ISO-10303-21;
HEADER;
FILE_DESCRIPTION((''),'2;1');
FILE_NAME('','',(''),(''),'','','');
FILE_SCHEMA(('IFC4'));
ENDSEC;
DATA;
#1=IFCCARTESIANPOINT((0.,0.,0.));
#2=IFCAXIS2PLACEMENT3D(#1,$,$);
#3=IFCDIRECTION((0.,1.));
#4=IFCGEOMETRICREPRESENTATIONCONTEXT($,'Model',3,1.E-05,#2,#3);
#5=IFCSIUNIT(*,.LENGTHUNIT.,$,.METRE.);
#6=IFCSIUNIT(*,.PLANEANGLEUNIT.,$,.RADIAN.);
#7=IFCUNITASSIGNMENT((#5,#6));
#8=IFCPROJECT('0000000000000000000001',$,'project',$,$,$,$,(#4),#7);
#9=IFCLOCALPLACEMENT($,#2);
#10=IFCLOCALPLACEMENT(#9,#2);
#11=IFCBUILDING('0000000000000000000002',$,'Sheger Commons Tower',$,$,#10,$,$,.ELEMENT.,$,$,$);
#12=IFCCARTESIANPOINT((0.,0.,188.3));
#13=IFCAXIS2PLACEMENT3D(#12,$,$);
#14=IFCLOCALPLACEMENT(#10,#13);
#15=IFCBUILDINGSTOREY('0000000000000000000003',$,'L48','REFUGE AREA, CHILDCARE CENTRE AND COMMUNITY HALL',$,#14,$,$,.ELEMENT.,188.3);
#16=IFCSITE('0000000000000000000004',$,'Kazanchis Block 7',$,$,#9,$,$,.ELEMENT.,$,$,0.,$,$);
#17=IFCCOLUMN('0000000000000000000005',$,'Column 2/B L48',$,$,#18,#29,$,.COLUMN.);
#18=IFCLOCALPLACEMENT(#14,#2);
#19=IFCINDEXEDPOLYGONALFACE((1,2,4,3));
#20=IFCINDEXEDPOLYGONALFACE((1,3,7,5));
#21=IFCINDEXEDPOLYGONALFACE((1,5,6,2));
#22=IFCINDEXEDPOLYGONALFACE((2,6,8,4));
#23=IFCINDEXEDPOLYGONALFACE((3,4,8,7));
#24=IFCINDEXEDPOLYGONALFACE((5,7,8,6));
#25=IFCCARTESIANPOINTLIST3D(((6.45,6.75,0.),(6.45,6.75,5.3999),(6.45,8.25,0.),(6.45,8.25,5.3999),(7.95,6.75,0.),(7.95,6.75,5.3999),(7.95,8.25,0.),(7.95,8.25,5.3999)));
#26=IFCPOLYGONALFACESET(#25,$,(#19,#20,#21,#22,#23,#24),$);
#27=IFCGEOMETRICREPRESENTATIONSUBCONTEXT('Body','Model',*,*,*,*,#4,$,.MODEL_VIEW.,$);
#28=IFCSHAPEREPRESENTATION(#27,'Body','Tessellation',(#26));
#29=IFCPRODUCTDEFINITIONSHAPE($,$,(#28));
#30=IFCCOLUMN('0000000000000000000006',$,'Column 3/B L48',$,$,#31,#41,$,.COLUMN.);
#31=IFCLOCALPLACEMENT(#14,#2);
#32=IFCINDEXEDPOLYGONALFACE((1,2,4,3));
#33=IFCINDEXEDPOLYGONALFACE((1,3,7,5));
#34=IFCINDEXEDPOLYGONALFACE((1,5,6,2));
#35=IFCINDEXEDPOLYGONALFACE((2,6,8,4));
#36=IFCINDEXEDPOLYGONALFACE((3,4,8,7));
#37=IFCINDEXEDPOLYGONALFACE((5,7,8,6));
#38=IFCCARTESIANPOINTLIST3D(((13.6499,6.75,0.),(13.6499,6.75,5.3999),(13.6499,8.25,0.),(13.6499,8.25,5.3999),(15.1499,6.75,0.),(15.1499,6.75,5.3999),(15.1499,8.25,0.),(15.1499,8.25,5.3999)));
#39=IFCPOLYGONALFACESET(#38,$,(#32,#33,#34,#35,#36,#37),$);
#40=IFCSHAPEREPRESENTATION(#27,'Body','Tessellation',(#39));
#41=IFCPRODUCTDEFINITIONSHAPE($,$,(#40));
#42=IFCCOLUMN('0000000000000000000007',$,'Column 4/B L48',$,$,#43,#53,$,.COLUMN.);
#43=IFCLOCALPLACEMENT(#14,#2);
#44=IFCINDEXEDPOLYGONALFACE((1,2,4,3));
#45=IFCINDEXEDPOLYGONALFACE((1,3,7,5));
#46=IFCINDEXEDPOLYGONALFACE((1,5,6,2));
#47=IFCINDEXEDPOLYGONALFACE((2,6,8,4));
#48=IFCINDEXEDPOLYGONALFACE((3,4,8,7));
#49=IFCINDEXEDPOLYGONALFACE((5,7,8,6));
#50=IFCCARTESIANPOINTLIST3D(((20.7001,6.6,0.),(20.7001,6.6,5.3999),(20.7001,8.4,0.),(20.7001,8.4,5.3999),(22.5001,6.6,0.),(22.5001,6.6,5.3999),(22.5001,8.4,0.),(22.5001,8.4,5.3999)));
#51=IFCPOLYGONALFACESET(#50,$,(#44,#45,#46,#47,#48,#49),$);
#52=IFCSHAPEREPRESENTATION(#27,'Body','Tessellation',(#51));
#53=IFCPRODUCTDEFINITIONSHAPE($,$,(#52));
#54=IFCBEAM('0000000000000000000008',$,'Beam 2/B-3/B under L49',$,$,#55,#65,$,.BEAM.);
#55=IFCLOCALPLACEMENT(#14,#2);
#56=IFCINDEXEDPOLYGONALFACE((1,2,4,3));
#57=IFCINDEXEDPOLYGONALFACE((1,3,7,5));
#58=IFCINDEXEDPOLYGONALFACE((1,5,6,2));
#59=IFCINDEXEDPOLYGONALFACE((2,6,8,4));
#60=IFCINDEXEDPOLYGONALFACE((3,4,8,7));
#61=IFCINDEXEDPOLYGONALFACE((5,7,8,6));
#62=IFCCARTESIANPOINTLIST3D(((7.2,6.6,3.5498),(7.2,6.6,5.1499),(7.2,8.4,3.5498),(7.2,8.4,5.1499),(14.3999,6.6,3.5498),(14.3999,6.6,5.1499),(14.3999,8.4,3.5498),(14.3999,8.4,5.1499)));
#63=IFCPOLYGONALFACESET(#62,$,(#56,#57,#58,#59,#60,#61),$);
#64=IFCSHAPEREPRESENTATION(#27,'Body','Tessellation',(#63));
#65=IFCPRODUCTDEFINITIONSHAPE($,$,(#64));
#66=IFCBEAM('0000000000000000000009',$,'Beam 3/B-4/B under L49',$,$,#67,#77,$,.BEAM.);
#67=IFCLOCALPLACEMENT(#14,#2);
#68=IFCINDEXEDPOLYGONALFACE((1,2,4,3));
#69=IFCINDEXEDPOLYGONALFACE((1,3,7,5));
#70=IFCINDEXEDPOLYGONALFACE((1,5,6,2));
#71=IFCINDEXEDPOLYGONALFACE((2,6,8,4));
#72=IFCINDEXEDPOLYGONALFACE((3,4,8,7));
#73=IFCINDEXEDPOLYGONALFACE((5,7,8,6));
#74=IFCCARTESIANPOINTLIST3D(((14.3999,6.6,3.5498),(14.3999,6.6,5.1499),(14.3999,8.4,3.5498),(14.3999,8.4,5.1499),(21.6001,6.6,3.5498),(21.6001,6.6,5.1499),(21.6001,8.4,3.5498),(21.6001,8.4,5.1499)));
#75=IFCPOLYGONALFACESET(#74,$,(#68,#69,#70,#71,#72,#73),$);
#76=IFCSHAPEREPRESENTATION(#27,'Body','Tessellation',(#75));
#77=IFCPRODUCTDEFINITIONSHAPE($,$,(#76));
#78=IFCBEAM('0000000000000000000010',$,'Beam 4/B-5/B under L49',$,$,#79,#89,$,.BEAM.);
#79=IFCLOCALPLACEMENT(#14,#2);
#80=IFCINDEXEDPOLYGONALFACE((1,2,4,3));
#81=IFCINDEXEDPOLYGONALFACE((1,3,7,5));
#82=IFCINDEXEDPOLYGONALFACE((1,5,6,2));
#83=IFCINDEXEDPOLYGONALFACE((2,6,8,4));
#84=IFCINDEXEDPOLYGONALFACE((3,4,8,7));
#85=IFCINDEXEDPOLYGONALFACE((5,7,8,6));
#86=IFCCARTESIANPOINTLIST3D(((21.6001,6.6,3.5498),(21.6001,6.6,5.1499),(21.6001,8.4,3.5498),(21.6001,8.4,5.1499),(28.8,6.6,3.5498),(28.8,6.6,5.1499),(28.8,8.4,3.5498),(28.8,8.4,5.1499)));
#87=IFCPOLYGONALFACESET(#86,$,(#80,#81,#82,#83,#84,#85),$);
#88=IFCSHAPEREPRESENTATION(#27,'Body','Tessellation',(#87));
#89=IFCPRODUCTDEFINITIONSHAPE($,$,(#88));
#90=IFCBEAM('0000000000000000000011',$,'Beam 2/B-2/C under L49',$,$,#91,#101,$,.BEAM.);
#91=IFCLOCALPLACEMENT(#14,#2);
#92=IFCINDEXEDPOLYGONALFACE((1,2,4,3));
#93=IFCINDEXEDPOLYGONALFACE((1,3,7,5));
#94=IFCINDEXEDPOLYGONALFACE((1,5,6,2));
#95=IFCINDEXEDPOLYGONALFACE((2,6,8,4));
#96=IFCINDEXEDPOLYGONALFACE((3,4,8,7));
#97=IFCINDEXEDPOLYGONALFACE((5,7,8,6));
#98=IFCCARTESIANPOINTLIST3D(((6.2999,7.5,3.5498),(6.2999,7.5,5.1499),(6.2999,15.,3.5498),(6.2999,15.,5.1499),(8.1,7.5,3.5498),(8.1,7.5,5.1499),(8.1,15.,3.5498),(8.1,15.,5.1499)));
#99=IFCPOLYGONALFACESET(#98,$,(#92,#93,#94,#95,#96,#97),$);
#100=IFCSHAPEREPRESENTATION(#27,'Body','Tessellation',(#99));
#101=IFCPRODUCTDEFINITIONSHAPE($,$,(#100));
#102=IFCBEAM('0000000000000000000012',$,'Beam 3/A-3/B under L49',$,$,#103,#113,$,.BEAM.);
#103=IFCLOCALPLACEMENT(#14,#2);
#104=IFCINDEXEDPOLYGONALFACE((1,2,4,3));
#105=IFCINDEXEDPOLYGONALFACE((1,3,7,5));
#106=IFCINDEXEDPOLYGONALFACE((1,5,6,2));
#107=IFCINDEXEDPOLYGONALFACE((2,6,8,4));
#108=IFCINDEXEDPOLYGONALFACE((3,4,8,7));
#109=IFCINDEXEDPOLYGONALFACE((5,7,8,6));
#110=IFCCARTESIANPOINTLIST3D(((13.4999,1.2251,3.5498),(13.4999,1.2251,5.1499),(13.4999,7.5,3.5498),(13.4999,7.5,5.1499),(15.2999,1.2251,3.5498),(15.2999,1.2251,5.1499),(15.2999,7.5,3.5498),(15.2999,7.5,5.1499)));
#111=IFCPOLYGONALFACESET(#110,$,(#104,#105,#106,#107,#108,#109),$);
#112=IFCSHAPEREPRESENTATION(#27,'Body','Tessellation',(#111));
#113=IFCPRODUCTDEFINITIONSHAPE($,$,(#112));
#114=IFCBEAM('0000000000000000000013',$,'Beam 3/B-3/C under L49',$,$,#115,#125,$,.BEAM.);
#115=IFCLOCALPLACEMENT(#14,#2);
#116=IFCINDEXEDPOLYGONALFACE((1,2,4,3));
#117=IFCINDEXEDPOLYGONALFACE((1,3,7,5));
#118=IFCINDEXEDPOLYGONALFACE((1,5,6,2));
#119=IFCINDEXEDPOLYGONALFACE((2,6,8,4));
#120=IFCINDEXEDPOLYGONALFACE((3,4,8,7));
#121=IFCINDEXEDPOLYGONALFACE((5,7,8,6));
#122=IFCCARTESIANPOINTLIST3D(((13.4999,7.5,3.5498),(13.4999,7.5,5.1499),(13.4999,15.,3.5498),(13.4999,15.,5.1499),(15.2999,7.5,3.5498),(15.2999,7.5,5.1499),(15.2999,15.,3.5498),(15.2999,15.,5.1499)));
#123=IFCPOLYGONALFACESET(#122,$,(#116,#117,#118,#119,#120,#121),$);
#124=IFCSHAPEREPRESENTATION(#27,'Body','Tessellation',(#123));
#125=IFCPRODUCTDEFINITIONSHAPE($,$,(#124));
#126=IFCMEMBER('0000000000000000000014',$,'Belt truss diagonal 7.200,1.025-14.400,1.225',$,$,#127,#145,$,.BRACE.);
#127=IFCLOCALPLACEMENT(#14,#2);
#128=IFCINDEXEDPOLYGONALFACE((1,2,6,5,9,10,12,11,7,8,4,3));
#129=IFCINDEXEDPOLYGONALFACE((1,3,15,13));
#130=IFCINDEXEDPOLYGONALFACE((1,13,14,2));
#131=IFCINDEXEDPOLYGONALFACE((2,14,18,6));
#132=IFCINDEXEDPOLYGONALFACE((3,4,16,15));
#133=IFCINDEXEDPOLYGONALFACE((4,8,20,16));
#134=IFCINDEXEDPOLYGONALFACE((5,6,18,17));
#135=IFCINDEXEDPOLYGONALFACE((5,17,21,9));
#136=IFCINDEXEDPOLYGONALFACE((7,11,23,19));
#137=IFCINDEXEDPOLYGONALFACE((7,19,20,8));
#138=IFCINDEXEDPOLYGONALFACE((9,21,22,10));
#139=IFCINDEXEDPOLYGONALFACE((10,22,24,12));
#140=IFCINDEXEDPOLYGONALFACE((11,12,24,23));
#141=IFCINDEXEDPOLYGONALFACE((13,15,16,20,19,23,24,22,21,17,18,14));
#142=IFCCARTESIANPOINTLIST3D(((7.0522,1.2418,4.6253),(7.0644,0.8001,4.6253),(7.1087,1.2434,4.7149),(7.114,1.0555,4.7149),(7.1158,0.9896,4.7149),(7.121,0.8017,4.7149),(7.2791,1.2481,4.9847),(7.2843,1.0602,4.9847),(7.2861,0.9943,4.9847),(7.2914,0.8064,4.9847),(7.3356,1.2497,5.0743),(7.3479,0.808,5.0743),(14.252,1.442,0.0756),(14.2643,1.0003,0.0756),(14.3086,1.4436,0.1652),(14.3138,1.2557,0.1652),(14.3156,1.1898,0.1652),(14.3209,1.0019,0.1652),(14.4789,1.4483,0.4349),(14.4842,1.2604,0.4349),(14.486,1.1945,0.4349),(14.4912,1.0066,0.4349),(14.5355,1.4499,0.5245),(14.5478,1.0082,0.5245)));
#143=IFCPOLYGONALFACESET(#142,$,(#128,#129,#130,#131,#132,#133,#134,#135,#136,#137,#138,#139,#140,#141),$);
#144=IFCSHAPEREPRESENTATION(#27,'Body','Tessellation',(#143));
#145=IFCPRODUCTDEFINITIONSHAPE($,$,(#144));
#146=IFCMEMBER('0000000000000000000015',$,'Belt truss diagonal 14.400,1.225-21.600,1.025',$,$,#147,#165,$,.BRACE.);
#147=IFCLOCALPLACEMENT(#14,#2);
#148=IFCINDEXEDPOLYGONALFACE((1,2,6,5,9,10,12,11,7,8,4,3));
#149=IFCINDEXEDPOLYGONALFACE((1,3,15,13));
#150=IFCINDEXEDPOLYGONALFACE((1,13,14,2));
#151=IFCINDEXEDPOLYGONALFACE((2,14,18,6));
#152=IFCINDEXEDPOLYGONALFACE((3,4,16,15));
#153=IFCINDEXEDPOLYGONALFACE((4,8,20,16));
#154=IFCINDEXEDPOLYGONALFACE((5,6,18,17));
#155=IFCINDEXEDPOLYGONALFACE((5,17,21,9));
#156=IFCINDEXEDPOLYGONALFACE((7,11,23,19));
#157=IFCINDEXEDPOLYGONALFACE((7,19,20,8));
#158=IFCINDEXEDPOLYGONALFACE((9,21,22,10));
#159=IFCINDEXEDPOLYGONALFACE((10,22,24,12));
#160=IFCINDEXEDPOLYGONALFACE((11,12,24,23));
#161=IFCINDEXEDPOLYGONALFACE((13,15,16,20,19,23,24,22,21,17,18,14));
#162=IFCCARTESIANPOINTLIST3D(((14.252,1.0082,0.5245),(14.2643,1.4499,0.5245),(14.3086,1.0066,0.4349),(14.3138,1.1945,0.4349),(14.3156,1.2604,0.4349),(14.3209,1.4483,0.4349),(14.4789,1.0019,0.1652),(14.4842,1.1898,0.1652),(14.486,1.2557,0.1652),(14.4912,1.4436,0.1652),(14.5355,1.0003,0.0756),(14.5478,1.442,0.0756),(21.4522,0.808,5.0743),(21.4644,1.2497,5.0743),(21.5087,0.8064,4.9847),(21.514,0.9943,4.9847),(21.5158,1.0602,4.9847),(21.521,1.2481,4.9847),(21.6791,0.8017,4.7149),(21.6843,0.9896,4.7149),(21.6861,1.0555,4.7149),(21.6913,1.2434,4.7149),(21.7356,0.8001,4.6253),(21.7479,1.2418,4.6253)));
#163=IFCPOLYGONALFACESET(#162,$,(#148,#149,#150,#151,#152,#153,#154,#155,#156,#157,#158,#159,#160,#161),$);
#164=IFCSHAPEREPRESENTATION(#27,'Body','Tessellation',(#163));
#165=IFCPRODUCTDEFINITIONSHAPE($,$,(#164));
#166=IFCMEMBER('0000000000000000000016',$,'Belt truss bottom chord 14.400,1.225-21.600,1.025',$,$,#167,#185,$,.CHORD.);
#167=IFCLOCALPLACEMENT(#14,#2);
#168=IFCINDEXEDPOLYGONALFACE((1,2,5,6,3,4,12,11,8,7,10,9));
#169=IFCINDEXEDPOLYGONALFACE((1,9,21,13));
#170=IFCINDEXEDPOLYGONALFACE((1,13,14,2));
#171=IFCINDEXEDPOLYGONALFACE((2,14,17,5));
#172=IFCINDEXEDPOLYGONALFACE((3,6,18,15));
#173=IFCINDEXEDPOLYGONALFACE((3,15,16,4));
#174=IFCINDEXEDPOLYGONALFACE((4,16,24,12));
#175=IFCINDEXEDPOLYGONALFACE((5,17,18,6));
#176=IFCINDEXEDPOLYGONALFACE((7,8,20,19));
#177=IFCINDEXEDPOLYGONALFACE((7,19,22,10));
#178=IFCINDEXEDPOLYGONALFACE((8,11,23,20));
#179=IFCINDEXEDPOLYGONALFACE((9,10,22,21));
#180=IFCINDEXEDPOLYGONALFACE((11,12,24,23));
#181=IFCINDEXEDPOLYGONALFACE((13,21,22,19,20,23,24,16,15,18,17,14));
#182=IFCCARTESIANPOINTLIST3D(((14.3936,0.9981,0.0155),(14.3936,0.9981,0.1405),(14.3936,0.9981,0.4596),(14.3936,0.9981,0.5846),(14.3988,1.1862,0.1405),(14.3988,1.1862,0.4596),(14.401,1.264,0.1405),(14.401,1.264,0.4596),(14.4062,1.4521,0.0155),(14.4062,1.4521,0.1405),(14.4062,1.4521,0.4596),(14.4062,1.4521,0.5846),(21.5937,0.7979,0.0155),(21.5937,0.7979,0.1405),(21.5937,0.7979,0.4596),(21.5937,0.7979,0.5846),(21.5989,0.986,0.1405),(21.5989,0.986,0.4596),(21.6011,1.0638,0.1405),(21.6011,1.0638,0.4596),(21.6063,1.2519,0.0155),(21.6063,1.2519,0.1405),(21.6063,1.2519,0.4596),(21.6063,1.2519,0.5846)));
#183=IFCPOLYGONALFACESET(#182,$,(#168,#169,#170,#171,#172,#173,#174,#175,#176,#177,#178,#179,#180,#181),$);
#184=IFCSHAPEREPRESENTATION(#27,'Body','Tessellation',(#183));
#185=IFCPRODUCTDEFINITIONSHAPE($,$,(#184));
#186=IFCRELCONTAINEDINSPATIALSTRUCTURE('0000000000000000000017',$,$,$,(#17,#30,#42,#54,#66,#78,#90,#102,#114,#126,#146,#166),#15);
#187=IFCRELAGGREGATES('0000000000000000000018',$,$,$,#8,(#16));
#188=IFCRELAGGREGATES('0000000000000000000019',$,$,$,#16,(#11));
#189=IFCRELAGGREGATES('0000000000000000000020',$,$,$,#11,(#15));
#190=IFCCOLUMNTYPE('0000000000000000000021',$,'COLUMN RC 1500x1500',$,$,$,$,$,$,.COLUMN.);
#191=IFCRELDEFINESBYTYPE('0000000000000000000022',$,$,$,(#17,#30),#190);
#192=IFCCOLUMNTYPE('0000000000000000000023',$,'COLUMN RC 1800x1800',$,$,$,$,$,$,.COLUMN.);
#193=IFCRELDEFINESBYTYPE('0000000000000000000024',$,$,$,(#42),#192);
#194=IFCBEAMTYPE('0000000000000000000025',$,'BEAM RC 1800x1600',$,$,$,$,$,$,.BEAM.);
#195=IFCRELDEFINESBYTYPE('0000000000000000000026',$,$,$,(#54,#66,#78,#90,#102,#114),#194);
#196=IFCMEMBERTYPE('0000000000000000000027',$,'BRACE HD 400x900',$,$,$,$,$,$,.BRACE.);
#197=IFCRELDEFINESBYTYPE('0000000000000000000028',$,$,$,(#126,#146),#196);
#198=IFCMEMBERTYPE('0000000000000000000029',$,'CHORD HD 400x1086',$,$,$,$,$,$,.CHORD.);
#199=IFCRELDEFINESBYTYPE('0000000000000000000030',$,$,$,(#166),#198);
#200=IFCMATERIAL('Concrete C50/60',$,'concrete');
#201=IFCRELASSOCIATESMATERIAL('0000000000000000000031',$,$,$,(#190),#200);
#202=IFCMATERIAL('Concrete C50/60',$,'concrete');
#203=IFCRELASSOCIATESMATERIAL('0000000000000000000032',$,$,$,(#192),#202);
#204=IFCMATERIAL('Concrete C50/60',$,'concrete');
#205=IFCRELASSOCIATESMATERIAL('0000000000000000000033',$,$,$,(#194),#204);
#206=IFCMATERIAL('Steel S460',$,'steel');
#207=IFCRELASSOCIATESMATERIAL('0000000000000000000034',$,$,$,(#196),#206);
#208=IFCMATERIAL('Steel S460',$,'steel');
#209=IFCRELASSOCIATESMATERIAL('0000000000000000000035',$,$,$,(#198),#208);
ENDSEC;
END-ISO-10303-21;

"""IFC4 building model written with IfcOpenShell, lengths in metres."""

from ifc_helpers import new_model, si_unit, direction, frame, origin, origin_2d, place, context, subcontext, project, spatial, rectangle, i_section, extrude, material, material_profile, profile_set, type_object, element, save


model = new_model("IFC4")

# Units and contexts
model_context = context("Model", 3, precision=1e-05, world=origin(), true_north=direction((0.0, 1.0)))
body_context = subcontext(model_context, "Body", "Model", "MODEL_VIEW")
ifc_project = project(units=[si_unit("LENGTHUNIT", "METRE"), si_unit("PLANEANGLEUNIT", "RADIAN")], contexts=[model_context])

# Site, building, storey
site_placement = place(None, origin())
site = spatial("IfcSite", under=ifc_project, at=site_placement, Name="Kazanchis Block 7", CompositionType="ELEMENT", RefElevation=0.0)
building_placement = place(site_placement, origin())
building = spatial("IfcBuilding", under=site, at=building_placement, Name="Sheger Commons Tower", CompositionType="ELEMENT")
storey_placement = place(building_placement, frame((0.0, 0.0, 188.3)))
storey = spatial("IfcBuildingStorey", under=building, at=storey_placement, Name="L48", Description="REFUGE AREA, CHILDCARE CENTRE AND COMMUNITY HALL", CompositionType="ELEMENT", Elevation=188.3)

# Columns
ifc_material_1 = material(Name="Concrete C50/60", Category="concrete")
ifc_material_profile_1 = material_profile(ifc_material_1, rectangle(XDim=1.5, YDim=1.5, at=origin_2d()), Name="RC 1500x1500")
ifc_profile_set_1 = profile_set([ifc_material_profile_1], Name="Concrete C50/60")
column_type_1 = type_object("IfcColumnType", Name="COLUMN RC 1500x1500", PredefinedType="COLUMN", material=ifc_profile_set_1)
for number, where, z_axis, x_axis, name in (
    (1, (7.2, 7.5, 0.0), (0.0, 0.0, 1.0), (1.0, 0.0, 0.0), "Column 2/B L48"),
    (2, (14.3999, 7.5, 0.0), (0.0, 0.0, 1.0), (1.0, 0.0, 0.0), "Column 3/B L48"),
):
    element("IfcColumn", number, at=place(storey_placement, frame(where, z_axis=z_axis, x_axis=x_axis)), inside=storey, type_object=column_type_1, Name=name, PredefinedType="COLUMN", context=body_context, shape_type="SweptSolid", body=[
        extrude(rectangle(XDim=1.5, YDim=1.5, at=origin_2d()), origin(), (0.0, 0.0, 1.0), 5.3999),
    ])
ifc_material_2 = material(Name="Concrete C50/60", Category="concrete")
ifc_material_profile_2 = material_profile(ifc_material_2, rectangle(XDim=1.8, YDim=1.8, at=origin_2d()), Name="RC 1800x1800")
ifc_profile_set_2 = profile_set([ifc_material_profile_2], Name="Concrete C50/60")
column_type_2 = type_object("IfcColumnType", Name="COLUMN RC 1800x1800", PredefinedType="COLUMN", material=ifc_profile_set_2)
column_placement = place(storey_placement, frame((21.6001, 7.5, 0.0), z_axis=(0.0, 0.0, 1.0), x_axis=(1.0, 0.0, 0.0)))
element("IfcColumn", 3, at=column_placement, inside=storey, type_object=column_type_2, Name="Column 4/B L48", PredefinedType="COLUMN", context=body_context, shape_type="SweptSolid", body=[
    extrude(rectangle(XDim=1.8, YDim=1.8, at=origin_2d()), origin(), (0.0, 0.0, 1.0), 5.3999),
])

# Beams
ifc_material_3 = material(Name="Concrete C50/60", Category="concrete")
ifc_material_profile_3 = material_profile(ifc_material_3, rectangle(XDim=1.8, YDim=1.6001, at=origin_2d()), Name="RC 1800x1600")
ifc_profile_set_3 = profile_set([ifc_material_profile_3], Name="Concrete C50/60")
beam_type_1 = type_object("IfcBeamType", Name="BEAM RC 1800x1600", PredefinedType="BEAM", material=ifc_profile_set_3)
beam_1_placement = place(storey_placement, frame((7.2, 7.5, 4.3499), z_axis=(1.0, 0.0, 0.0), x_axis=(0.0, 1.0, 0.0)))
element("IfcBeam", 4, at=beam_1_placement, inside=storey, type_object=beam_type_1, Name="Beam 2/B-3/B under L49", PredefinedType="BEAM", context=body_context, shape_type="SweptSolid", body=[
    extrude(rectangle(XDim=1.8, YDim=1.6001, at=origin_2d()), origin(), (0.0, 0.0, 1.0), 7.2),
])
beam_2_placement = place(storey_placement, frame((14.3999, 7.5, 4.3499), z_axis=(1.0, 0.0, 0.0), x_axis=(0.0, 1.0, 0.0)))
element("IfcBeam", 5, at=beam_2_placement, inside=storey, type_object=beam_type_1, Name="Beam 3/B-4/B under L49", PredefinedType="BEAM", context=body_context, shape_type="SweptSolid", body=[
    extrude(rectangle(XDim=1.8, YDim=1.6001, at=origin_2d()), origin(), (0.0, 0.0, 1.0), 7.2002),
])
beam_3_placement = place(storey_placement, frame((21.6001, 7.5, 4.3499), z_axis=(1.0, 0.0, 0.0), x_axis=(0.0, 1.0, 0.0)))
element("IfcBeam", 6, at=beam_3_placement, inside=storey, type_object=beam_type_1, Name="Beam 4/B-5/B under L49", PredefinedType="BEAM", context=body_context, shape_type="SweptSolid", body=[
    extrude(rectangle(XDim=1.8, YDim=1.6001, at=origin_2d()), origin(), (0.0, 0.0, 1.0), 7.2),
])
beam_4_placement = place(storey_placement, frame((7.2, 7.5, 4.3499), z_axis=(0.0, 1.0, 0.0), x_axis=(-1.0, 0.0, 0.0)))
element("IfcBeam", 7, at=beam_4_placement, inside=storey, type_object=beam_type_1, Name="Beam 2/B-2/C under L49", PredefinedType="BEAM", context=body_context, shape_type="SweptSolid", body=[
    extrude(rectangle(XDim=1.8, YDim=1.6001, at=origin_2d()), origin(), (0.0, 0.0, 1.0), 7.5),
])
beam_5_placement = place(storey_placement, frame((14.3999, 1.2251, 4.3499), z_axis=(0.0, 1.0, 0.0), x_axis=(-1.0, 0.0, 0.0)))
element("IfcBeam", 8, at=beam_5_placement, inside=storey, type_object=beam_type_1, Name="Beam 3/A-3/B under L49", PredefinedType="BEAM", context=body_context, shape_type="SweptSolid", body=[
    extrude(rectangle(XDim=1.8, YDim=1.6001, at=origin_2d()), origin(), (0.0, 0.0, 1.0), 6.2749),
])
beam_6_placement = place(storey_placement, frame((14.3999, 7.5, 4.3499), z_axis=(0.0, 1.0, 0.0), x_axis=(-1.0, 0.0, 0.0)))
element("IfcBeam", 9, at=beam_6_placement, inside=storey, type_object=beam_type_1, Name="Beam 3/B-3/C under L49", PredefinedType="BEAM", context=body_context, shape_type="SweptSolid", body=[
    extrude(rectangle(XDim=1.8, YDim=1.6001, at=origin_2d()), origin(), (0.0, 0.0, 1.0), 7.5),
])

# Members
ifc_material_4 = material(Name="Steel S460", Category="steel")
ifc_material_profile_4 = material_profile(ifc_material_4, i_section(OverallWidth=0.4419, OverallDepth=0.531, WebThickness=0.0659, FlangeThickness=0.106, at=origin_2d()), Name="HD 400x900")
ifc_profile_set_4 = profile_set([ifc_material_profile_4], Name="Steel S460")
member_type_1 = type_object("IfcMemberType", Name="BRACE HD 400x900", PredefinedType="BRACE", material=ifc_profile_set_4)
member_1_placement = place(storey_placement, frame((14.3999, 1.2251, 0.3), z_axis=(-0.845125, -0.023499, 0.534053), x_axis=(0.027794, -0.999614, 0.0)))
element("IfcMember", 10, at=member_1_placement, inside=storey, type_object=member_type_1, Name="Belt truss diagonal 7.200,1.025-14.400,1.225", PredefinedType="BRACE", context=body_context, shape_type="SweptSolid", body=[
    extrude(i_section(OverallWidth=0.4419, OverallDepth=0.531, WebThickness=0.0659, FlangeThickness=0.106, at=origin_2d()), origin(), (0.0, 0.0, 1.0), 8.5193),
])
member_2_placement = place(storey_placement, frame((14.3999, 1.2251, 0.3), z_axis=(0.845133, -0.023498, 0.53404), x_axis=(0.027793, 0.999614, 0.0)))
element("IfcMember", 11, at=member_2_placement, inside=storey, type_object=member_type_1, Name="Belt truss diagonal 14.400,1.225-21.600,1.025", PredefinedType="BRACE", context=body_context, shape_type="SweptSolid", body=[
    extrude(i_section(OverallWidth=0.4419, OverallDepth=0.531, WebThickness=0.0659, FlangeThickness=0.106, at=origin_2d()), origin(), (0.0, 0.0, 1.0), 8.5195),
])
ifc_material_5 = material(Name="Steel S460", Category="steel")
ifc_material_profile_5 = material_profile(ifc_material_5, i_section(OverallWidth=0.4541, OverallDepth=0.5691, WebThickness=0.0779, FlangeThickness=0.125, at=origin_2d()), Name="HD 400x1086")
ifc_profile_set_5 = profile_set([ifc_material_profile_5], Name="Steel S460")
member_type_2 = type_object("IfcMemberType", Name="CHORD HD 400x1086", PredefinedType="CHORD", material=ifc_profile_set_5)
member_3_placement = place(storey_placement, frame((14.3999, 1.2251, 0.3), z_axis=(0.999614, -0.027793, 0.0), x_axis=(0.027793, 0.999614, 0.0)))
element("IfcMember", 12, at=member_3_placement, inside=storey, type_object=member_type_2, Name="Belt truss bottom chord 14.400,1.225-21.600,1.025", PredefinedType="CHORD", context=body_context, shape_type="SweptSolid", body=[
    extrude(i_section(OverallWidth=0.4541, OverallDepth=0.5691, WebThickness=0.0779, FlangeThickness=0.125, at=origin_2d()), origin(), (0.0, 0.0, 1.0), 7.2029),
])

save(model, "model.ifc")
